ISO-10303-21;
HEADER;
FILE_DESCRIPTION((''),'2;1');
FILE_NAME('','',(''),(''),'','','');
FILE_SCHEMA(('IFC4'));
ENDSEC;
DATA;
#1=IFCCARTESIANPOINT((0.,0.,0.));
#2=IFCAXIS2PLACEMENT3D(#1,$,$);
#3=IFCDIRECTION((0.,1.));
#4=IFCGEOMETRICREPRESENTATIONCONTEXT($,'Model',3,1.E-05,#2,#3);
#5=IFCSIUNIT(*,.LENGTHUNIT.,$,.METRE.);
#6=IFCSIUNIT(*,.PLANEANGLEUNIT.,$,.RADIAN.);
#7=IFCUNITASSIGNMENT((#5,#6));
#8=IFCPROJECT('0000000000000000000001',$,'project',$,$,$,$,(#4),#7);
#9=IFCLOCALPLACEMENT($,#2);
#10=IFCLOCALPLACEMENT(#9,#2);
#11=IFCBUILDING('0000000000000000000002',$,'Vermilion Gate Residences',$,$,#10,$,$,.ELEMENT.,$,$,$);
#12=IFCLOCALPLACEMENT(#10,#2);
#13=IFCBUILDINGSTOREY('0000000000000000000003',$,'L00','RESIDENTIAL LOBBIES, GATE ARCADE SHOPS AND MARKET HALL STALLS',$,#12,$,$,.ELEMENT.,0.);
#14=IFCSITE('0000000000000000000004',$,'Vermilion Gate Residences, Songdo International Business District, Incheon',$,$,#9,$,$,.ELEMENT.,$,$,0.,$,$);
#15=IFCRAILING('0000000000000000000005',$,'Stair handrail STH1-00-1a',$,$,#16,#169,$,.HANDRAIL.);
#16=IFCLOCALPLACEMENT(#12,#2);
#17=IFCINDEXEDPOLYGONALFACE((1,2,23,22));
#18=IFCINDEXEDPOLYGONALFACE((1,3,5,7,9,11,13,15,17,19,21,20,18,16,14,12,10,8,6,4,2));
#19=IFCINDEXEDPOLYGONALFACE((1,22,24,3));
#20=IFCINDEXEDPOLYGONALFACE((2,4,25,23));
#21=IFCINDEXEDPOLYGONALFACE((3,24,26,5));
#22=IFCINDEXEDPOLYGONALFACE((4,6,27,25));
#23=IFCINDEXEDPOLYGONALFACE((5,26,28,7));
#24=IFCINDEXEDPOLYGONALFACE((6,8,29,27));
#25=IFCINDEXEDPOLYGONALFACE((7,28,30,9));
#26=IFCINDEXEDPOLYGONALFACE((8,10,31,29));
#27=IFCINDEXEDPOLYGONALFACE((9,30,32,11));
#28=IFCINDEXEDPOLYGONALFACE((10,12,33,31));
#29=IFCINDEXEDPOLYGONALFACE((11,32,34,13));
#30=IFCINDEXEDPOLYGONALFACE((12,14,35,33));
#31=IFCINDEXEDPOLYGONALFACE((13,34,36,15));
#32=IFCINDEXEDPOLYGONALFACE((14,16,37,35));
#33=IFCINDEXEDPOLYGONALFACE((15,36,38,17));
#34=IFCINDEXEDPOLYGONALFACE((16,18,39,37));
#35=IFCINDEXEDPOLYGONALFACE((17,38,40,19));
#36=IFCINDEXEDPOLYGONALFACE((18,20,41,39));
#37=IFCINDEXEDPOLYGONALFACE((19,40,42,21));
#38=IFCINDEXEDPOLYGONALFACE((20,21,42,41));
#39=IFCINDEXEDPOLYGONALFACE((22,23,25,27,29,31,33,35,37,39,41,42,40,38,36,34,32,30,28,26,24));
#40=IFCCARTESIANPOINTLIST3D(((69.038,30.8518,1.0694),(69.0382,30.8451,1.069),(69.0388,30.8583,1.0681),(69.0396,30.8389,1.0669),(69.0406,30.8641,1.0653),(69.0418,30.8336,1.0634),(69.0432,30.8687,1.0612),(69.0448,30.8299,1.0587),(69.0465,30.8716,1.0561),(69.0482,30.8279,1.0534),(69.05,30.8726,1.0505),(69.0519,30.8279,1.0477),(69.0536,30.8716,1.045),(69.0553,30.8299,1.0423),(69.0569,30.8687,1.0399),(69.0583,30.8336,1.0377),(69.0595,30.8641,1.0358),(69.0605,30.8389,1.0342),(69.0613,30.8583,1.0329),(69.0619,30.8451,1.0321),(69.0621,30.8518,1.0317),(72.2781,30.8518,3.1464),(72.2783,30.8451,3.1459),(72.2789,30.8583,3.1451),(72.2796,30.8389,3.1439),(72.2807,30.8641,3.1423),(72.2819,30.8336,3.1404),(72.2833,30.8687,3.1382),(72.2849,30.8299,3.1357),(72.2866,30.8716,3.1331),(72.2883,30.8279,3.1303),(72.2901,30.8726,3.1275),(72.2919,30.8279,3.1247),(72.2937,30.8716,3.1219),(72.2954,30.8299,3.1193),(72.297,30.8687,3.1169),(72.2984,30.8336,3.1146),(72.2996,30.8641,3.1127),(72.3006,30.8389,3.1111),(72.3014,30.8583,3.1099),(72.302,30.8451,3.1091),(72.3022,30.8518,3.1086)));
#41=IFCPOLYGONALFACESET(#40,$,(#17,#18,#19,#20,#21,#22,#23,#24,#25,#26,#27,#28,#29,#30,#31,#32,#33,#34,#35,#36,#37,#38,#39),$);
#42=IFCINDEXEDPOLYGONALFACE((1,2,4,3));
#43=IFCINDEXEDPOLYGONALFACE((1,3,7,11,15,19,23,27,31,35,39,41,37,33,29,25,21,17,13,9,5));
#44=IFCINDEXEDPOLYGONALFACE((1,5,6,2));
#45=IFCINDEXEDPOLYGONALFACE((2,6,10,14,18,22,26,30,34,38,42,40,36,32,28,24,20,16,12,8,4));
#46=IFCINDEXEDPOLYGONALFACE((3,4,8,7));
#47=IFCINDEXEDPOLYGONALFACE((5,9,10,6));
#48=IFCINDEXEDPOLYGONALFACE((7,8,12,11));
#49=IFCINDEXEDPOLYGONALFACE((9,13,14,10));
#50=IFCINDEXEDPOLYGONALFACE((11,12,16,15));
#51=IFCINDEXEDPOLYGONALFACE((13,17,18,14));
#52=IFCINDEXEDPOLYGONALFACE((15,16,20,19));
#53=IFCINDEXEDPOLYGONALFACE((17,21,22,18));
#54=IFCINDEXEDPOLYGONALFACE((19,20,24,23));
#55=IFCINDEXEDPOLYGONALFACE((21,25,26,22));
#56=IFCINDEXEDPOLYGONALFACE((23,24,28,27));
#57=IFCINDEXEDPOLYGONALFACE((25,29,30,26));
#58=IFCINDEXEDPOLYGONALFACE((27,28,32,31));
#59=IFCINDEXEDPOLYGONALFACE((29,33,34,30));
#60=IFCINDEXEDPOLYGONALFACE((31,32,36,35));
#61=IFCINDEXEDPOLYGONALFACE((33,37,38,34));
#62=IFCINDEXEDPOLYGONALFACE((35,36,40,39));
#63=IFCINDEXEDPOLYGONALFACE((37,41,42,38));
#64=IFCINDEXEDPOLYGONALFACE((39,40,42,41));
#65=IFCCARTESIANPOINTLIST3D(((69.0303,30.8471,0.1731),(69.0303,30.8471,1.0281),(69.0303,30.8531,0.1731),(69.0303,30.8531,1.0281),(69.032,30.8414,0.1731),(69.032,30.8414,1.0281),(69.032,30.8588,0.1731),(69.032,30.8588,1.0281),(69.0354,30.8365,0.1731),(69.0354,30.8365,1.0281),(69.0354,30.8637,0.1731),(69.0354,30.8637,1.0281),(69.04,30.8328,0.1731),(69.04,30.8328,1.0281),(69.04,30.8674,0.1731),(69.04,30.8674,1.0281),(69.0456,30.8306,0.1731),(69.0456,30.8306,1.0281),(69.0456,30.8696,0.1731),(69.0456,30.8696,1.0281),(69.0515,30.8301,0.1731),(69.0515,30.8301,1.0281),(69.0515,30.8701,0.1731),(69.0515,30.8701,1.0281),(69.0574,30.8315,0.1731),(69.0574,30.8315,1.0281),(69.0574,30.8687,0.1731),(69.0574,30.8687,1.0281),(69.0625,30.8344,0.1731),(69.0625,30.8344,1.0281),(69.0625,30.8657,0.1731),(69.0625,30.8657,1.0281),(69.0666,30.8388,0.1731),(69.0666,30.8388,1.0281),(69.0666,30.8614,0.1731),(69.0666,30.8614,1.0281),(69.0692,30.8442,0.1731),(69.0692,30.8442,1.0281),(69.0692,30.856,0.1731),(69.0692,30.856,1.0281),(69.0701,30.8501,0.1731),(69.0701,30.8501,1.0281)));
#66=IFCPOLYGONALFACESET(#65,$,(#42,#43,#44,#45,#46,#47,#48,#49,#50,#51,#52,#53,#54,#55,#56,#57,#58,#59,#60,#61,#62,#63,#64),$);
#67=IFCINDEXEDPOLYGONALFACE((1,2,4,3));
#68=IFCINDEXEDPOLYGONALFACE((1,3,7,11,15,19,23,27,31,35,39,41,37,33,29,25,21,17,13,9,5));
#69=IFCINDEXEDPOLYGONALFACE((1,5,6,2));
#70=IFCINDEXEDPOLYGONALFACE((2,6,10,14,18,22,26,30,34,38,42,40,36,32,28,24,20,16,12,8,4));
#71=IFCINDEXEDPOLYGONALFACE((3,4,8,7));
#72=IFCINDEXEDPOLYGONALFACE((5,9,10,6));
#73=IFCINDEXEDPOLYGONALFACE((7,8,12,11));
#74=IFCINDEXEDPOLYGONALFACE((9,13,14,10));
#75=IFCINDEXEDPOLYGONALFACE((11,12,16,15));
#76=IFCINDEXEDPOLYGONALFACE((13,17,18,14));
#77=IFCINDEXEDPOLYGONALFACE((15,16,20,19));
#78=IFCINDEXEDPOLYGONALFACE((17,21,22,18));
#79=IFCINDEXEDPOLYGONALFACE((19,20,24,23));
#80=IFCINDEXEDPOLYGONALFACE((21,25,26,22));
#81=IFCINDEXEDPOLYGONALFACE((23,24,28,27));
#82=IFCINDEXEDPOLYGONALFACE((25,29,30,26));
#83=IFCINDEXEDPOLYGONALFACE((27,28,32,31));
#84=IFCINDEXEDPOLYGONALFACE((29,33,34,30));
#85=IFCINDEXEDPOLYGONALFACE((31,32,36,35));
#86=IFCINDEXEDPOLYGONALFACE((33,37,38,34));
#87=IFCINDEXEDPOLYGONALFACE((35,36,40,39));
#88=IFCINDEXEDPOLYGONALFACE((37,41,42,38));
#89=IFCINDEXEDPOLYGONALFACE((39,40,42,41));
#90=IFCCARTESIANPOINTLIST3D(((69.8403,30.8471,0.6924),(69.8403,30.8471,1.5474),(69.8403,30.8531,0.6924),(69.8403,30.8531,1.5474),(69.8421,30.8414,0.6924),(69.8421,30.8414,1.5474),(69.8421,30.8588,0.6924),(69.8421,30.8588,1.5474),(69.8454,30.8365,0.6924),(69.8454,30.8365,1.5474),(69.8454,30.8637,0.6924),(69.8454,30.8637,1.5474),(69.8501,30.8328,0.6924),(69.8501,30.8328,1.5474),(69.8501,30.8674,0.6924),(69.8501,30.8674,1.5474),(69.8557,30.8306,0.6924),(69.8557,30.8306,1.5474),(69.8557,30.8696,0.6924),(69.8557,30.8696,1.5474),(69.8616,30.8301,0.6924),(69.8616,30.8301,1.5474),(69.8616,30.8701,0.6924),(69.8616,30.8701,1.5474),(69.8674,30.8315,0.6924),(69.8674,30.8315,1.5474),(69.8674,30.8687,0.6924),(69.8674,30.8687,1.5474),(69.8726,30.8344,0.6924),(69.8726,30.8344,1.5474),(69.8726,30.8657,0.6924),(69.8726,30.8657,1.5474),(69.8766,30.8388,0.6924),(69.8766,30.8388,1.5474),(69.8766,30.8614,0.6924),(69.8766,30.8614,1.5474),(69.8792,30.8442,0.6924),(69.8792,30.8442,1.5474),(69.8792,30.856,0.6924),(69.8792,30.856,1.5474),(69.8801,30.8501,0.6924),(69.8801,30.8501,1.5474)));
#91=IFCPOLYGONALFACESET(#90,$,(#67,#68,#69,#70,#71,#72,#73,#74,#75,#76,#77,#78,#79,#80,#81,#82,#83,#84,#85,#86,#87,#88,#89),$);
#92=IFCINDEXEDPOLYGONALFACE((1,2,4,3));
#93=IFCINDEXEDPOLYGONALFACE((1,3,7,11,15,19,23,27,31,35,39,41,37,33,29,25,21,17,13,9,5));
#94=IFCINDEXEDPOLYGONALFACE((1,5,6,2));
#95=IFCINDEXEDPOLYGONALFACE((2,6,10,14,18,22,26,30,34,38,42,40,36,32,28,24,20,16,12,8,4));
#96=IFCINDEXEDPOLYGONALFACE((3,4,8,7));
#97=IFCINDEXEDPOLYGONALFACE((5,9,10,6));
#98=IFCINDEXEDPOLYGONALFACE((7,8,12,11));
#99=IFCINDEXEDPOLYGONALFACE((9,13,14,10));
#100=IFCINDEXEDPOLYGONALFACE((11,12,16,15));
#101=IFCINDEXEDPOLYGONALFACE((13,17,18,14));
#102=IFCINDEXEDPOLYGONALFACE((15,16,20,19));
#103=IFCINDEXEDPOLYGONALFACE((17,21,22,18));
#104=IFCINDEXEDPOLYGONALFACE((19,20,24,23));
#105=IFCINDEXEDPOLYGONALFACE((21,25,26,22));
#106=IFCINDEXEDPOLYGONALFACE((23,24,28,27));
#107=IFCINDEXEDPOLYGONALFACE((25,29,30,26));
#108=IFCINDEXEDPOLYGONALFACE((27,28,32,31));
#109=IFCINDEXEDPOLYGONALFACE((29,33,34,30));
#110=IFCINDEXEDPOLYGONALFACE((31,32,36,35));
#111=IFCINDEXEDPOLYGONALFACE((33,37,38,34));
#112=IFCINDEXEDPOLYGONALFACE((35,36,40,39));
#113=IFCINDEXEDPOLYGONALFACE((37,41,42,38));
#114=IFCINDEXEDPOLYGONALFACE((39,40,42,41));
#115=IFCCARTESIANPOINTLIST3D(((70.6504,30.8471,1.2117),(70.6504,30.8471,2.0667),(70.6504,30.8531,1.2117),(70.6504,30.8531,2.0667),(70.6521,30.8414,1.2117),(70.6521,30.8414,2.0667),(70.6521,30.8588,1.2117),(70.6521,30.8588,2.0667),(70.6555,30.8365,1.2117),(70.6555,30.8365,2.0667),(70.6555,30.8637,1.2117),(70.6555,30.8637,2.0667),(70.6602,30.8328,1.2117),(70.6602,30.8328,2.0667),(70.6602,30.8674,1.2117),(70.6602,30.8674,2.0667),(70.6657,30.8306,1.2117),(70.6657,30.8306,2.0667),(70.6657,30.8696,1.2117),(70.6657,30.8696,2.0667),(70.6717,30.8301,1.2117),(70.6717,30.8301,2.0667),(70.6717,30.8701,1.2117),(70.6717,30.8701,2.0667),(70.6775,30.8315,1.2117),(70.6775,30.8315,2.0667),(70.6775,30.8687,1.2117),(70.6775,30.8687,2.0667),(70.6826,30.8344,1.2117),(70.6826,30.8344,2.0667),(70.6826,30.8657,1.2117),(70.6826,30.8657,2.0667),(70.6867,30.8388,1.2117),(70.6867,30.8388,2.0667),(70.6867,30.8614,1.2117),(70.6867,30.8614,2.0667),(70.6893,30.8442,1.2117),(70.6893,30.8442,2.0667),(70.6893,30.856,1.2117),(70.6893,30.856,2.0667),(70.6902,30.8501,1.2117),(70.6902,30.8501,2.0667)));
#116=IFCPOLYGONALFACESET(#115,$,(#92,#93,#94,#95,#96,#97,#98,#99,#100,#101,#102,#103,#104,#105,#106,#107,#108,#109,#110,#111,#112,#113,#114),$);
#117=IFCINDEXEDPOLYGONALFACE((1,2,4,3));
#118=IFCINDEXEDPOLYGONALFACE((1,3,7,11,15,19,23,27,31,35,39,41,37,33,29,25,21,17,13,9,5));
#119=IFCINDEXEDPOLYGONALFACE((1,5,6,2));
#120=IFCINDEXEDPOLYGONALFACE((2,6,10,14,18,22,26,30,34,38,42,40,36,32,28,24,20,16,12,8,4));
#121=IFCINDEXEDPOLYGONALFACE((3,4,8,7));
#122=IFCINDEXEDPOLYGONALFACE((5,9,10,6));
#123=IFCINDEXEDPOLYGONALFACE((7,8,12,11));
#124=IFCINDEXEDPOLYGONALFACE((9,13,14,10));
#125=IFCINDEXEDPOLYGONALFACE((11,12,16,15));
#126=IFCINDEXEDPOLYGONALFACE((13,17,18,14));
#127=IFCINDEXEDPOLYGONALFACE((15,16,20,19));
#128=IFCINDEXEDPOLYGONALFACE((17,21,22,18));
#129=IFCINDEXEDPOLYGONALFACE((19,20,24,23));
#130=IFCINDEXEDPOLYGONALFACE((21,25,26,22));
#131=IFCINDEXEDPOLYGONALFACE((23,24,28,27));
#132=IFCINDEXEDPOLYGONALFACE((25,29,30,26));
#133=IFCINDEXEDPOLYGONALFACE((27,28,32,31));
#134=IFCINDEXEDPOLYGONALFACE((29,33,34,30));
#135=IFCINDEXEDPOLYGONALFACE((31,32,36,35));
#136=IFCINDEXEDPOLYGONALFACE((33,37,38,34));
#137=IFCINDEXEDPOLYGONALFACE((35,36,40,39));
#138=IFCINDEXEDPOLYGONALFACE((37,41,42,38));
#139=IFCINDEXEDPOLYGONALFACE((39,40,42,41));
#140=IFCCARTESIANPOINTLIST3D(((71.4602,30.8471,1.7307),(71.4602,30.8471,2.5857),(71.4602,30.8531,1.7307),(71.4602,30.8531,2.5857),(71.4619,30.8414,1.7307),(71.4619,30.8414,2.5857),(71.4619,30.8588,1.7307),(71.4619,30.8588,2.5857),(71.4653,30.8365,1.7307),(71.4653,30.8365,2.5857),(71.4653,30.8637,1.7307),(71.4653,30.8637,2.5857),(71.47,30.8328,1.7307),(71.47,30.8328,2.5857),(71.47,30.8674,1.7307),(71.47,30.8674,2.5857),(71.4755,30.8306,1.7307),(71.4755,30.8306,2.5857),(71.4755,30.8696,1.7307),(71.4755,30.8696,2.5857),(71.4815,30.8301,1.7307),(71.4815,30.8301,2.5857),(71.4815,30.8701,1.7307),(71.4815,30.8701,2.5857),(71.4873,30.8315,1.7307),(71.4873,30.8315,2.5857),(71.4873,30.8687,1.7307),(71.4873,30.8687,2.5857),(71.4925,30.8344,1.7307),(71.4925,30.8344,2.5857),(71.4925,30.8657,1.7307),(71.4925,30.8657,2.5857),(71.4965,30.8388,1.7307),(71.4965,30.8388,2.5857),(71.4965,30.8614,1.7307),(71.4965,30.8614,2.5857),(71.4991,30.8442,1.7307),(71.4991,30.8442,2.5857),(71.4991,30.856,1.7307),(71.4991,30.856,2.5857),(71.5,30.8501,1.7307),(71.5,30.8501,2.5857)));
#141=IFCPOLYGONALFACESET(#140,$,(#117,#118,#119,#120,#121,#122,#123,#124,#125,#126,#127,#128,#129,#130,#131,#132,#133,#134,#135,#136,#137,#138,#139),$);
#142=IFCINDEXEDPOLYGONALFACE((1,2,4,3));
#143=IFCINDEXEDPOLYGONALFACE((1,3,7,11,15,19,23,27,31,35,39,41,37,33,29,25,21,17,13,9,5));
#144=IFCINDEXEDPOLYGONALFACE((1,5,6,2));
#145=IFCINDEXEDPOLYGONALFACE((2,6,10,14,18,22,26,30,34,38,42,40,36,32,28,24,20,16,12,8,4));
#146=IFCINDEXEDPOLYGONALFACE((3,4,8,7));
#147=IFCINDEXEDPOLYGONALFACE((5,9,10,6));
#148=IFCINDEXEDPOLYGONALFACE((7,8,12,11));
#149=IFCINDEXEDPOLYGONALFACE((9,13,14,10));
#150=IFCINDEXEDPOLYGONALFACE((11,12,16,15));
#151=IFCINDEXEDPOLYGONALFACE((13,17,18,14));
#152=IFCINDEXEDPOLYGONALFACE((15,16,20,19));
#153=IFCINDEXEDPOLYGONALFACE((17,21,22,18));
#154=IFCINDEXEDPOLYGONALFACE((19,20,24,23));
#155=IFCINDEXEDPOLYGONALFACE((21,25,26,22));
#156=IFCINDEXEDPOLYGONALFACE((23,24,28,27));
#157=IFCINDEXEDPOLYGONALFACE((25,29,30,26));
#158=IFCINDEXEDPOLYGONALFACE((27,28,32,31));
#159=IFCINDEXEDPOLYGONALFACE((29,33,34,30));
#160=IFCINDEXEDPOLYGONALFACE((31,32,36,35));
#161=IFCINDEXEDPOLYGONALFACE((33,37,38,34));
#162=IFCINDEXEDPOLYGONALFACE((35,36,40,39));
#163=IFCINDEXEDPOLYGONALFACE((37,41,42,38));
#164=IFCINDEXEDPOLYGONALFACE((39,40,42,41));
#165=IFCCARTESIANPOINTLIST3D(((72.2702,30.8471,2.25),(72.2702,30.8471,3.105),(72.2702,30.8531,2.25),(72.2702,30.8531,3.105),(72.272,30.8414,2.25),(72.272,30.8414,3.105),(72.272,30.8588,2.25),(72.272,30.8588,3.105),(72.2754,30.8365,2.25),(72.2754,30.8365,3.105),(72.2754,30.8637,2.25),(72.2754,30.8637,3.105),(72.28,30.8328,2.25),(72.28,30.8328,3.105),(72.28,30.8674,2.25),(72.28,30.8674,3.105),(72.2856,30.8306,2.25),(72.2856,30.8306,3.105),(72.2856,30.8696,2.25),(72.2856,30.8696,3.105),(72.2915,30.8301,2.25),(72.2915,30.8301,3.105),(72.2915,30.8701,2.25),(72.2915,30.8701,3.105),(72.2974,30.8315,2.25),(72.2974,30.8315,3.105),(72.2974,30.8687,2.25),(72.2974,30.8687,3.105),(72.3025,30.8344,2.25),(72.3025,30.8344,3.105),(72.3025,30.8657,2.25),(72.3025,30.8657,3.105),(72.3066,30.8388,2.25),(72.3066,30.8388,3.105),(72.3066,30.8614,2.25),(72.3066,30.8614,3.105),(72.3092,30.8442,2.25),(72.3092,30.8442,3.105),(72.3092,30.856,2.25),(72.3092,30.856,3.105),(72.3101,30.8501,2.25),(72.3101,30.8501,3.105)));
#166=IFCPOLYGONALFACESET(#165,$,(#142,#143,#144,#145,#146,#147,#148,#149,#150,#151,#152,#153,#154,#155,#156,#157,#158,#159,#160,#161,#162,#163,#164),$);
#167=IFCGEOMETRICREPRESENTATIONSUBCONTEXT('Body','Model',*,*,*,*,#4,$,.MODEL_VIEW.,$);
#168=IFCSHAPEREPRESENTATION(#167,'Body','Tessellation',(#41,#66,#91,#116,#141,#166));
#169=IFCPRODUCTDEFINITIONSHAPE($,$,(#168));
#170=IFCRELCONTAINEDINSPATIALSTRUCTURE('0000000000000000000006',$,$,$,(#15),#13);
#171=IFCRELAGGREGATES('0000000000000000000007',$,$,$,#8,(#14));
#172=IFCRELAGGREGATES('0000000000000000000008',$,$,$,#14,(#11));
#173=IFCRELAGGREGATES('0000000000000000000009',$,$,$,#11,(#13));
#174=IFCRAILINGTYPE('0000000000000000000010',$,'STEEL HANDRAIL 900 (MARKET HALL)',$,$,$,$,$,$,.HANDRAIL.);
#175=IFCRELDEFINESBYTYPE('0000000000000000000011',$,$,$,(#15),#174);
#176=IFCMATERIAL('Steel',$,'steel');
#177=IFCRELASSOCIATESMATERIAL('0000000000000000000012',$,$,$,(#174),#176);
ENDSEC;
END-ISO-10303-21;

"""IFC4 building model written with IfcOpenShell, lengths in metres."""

from ifc_helpers import new_model, si_unit, direction, frame, origin, origin_2d, place, context, subcontext, project, spatial, circle, extrude, material, type_object, element, save


model = new_model("IFC4")

# Units and contexts
model_context = context("Model", 3, precision=1e-05, world=origin(), true_north=direction((0.0, 1.0)))
body_context = subcontext(model_context, "Body", "Model", "MODEL_VIEW")
ifc_project = project(units=[si_unit("LENGTHUNIT", "METRE"), si_unit("PLANEANGLEUNIT", "RADIAN")], contexts=[model_context])

# Site, building, storey
site_placement = place(None, origin())
site = spatial("IfcSite", under=ifc_project, at=site_placement, Name="Vermilion Gate Residences, Songdo International Business District, Incheon", CompositionType="ELEMENT", RefElevation=0.0)
building_placement = place(site_placement, origin())
building = spatial("IfcBuilding", under=site, at=building_placement, Name="Vermilion Gate Residences", CompositionType="ELEMENT")
storey_placement = place(building_placement, origin())
storey = spatial("IfcBuildingStorey", under=building, at=storey_placement, Name="L00", Description="RESIDENTIAL LOBBIES, GATE ARCADE SHOPS AND MARKET HALL STALLS", CompositionType="ELEMENT", Elevation=0.0)

# Railing
ifc_material_1 = material(Name="Steel", Category="steel")
railing_type = type_object("IfcRailingType", Name="STEEL HANDRAIL 900 (MARKET HALL)", PredefinedType="HANDRAIL", material=ifc_material_1)
for number, where, name in (
    (1, (69.05, 30.8501, 0.1731), "Stair handrail STH1-00-1a"),
):
    element("IfcRailing", number, at=place(storey_placement, frame(where)), inside=storey, type_object=railing_type, Name=name, PredefinedType="HANDRAIL", context=body_context, shape_type="SweptSolid", body=[
        extrude(circle(Radius=0.0225, at=origin_2d()), frame((0.0, 0.0, 0.8774), z_axis=(0.841881, 0.0, 0.539664), x_axis=(0.0, 1.0, 0.0)), (0.0, 0.0, 1.0), 3.8486),
        extrude(circle(Radius=0.02, at=origin_2d()), origin(), (0.0, 0.0, 1.0), 0.855),
        extrude(circle(Radius=0.02, at=origin_2d()), frame((0.8101, 0.0, 0.5193)), (0.0, 0.0, 1.0), 0.855),
        extrude(circle(Radius=0.02, at=origin_2d()), frame((1.6201, 0.0, 1.0386)), (0.0, 0.0, 1.0), 0.855),
        extrude(circle(Radius=0.02, at=origin_2d()), frame((2.4299, 0.0, 1.5576)), (0.0, 0.0, 1.0), 0.855),
        extrude(circle(Radius=0.02, at=origin_2d()), frame((3.24, 0.0, 2.0769)), (0.0, 0.0, 1.0), 0.855),
    ])

save(model, "model.ifc")
